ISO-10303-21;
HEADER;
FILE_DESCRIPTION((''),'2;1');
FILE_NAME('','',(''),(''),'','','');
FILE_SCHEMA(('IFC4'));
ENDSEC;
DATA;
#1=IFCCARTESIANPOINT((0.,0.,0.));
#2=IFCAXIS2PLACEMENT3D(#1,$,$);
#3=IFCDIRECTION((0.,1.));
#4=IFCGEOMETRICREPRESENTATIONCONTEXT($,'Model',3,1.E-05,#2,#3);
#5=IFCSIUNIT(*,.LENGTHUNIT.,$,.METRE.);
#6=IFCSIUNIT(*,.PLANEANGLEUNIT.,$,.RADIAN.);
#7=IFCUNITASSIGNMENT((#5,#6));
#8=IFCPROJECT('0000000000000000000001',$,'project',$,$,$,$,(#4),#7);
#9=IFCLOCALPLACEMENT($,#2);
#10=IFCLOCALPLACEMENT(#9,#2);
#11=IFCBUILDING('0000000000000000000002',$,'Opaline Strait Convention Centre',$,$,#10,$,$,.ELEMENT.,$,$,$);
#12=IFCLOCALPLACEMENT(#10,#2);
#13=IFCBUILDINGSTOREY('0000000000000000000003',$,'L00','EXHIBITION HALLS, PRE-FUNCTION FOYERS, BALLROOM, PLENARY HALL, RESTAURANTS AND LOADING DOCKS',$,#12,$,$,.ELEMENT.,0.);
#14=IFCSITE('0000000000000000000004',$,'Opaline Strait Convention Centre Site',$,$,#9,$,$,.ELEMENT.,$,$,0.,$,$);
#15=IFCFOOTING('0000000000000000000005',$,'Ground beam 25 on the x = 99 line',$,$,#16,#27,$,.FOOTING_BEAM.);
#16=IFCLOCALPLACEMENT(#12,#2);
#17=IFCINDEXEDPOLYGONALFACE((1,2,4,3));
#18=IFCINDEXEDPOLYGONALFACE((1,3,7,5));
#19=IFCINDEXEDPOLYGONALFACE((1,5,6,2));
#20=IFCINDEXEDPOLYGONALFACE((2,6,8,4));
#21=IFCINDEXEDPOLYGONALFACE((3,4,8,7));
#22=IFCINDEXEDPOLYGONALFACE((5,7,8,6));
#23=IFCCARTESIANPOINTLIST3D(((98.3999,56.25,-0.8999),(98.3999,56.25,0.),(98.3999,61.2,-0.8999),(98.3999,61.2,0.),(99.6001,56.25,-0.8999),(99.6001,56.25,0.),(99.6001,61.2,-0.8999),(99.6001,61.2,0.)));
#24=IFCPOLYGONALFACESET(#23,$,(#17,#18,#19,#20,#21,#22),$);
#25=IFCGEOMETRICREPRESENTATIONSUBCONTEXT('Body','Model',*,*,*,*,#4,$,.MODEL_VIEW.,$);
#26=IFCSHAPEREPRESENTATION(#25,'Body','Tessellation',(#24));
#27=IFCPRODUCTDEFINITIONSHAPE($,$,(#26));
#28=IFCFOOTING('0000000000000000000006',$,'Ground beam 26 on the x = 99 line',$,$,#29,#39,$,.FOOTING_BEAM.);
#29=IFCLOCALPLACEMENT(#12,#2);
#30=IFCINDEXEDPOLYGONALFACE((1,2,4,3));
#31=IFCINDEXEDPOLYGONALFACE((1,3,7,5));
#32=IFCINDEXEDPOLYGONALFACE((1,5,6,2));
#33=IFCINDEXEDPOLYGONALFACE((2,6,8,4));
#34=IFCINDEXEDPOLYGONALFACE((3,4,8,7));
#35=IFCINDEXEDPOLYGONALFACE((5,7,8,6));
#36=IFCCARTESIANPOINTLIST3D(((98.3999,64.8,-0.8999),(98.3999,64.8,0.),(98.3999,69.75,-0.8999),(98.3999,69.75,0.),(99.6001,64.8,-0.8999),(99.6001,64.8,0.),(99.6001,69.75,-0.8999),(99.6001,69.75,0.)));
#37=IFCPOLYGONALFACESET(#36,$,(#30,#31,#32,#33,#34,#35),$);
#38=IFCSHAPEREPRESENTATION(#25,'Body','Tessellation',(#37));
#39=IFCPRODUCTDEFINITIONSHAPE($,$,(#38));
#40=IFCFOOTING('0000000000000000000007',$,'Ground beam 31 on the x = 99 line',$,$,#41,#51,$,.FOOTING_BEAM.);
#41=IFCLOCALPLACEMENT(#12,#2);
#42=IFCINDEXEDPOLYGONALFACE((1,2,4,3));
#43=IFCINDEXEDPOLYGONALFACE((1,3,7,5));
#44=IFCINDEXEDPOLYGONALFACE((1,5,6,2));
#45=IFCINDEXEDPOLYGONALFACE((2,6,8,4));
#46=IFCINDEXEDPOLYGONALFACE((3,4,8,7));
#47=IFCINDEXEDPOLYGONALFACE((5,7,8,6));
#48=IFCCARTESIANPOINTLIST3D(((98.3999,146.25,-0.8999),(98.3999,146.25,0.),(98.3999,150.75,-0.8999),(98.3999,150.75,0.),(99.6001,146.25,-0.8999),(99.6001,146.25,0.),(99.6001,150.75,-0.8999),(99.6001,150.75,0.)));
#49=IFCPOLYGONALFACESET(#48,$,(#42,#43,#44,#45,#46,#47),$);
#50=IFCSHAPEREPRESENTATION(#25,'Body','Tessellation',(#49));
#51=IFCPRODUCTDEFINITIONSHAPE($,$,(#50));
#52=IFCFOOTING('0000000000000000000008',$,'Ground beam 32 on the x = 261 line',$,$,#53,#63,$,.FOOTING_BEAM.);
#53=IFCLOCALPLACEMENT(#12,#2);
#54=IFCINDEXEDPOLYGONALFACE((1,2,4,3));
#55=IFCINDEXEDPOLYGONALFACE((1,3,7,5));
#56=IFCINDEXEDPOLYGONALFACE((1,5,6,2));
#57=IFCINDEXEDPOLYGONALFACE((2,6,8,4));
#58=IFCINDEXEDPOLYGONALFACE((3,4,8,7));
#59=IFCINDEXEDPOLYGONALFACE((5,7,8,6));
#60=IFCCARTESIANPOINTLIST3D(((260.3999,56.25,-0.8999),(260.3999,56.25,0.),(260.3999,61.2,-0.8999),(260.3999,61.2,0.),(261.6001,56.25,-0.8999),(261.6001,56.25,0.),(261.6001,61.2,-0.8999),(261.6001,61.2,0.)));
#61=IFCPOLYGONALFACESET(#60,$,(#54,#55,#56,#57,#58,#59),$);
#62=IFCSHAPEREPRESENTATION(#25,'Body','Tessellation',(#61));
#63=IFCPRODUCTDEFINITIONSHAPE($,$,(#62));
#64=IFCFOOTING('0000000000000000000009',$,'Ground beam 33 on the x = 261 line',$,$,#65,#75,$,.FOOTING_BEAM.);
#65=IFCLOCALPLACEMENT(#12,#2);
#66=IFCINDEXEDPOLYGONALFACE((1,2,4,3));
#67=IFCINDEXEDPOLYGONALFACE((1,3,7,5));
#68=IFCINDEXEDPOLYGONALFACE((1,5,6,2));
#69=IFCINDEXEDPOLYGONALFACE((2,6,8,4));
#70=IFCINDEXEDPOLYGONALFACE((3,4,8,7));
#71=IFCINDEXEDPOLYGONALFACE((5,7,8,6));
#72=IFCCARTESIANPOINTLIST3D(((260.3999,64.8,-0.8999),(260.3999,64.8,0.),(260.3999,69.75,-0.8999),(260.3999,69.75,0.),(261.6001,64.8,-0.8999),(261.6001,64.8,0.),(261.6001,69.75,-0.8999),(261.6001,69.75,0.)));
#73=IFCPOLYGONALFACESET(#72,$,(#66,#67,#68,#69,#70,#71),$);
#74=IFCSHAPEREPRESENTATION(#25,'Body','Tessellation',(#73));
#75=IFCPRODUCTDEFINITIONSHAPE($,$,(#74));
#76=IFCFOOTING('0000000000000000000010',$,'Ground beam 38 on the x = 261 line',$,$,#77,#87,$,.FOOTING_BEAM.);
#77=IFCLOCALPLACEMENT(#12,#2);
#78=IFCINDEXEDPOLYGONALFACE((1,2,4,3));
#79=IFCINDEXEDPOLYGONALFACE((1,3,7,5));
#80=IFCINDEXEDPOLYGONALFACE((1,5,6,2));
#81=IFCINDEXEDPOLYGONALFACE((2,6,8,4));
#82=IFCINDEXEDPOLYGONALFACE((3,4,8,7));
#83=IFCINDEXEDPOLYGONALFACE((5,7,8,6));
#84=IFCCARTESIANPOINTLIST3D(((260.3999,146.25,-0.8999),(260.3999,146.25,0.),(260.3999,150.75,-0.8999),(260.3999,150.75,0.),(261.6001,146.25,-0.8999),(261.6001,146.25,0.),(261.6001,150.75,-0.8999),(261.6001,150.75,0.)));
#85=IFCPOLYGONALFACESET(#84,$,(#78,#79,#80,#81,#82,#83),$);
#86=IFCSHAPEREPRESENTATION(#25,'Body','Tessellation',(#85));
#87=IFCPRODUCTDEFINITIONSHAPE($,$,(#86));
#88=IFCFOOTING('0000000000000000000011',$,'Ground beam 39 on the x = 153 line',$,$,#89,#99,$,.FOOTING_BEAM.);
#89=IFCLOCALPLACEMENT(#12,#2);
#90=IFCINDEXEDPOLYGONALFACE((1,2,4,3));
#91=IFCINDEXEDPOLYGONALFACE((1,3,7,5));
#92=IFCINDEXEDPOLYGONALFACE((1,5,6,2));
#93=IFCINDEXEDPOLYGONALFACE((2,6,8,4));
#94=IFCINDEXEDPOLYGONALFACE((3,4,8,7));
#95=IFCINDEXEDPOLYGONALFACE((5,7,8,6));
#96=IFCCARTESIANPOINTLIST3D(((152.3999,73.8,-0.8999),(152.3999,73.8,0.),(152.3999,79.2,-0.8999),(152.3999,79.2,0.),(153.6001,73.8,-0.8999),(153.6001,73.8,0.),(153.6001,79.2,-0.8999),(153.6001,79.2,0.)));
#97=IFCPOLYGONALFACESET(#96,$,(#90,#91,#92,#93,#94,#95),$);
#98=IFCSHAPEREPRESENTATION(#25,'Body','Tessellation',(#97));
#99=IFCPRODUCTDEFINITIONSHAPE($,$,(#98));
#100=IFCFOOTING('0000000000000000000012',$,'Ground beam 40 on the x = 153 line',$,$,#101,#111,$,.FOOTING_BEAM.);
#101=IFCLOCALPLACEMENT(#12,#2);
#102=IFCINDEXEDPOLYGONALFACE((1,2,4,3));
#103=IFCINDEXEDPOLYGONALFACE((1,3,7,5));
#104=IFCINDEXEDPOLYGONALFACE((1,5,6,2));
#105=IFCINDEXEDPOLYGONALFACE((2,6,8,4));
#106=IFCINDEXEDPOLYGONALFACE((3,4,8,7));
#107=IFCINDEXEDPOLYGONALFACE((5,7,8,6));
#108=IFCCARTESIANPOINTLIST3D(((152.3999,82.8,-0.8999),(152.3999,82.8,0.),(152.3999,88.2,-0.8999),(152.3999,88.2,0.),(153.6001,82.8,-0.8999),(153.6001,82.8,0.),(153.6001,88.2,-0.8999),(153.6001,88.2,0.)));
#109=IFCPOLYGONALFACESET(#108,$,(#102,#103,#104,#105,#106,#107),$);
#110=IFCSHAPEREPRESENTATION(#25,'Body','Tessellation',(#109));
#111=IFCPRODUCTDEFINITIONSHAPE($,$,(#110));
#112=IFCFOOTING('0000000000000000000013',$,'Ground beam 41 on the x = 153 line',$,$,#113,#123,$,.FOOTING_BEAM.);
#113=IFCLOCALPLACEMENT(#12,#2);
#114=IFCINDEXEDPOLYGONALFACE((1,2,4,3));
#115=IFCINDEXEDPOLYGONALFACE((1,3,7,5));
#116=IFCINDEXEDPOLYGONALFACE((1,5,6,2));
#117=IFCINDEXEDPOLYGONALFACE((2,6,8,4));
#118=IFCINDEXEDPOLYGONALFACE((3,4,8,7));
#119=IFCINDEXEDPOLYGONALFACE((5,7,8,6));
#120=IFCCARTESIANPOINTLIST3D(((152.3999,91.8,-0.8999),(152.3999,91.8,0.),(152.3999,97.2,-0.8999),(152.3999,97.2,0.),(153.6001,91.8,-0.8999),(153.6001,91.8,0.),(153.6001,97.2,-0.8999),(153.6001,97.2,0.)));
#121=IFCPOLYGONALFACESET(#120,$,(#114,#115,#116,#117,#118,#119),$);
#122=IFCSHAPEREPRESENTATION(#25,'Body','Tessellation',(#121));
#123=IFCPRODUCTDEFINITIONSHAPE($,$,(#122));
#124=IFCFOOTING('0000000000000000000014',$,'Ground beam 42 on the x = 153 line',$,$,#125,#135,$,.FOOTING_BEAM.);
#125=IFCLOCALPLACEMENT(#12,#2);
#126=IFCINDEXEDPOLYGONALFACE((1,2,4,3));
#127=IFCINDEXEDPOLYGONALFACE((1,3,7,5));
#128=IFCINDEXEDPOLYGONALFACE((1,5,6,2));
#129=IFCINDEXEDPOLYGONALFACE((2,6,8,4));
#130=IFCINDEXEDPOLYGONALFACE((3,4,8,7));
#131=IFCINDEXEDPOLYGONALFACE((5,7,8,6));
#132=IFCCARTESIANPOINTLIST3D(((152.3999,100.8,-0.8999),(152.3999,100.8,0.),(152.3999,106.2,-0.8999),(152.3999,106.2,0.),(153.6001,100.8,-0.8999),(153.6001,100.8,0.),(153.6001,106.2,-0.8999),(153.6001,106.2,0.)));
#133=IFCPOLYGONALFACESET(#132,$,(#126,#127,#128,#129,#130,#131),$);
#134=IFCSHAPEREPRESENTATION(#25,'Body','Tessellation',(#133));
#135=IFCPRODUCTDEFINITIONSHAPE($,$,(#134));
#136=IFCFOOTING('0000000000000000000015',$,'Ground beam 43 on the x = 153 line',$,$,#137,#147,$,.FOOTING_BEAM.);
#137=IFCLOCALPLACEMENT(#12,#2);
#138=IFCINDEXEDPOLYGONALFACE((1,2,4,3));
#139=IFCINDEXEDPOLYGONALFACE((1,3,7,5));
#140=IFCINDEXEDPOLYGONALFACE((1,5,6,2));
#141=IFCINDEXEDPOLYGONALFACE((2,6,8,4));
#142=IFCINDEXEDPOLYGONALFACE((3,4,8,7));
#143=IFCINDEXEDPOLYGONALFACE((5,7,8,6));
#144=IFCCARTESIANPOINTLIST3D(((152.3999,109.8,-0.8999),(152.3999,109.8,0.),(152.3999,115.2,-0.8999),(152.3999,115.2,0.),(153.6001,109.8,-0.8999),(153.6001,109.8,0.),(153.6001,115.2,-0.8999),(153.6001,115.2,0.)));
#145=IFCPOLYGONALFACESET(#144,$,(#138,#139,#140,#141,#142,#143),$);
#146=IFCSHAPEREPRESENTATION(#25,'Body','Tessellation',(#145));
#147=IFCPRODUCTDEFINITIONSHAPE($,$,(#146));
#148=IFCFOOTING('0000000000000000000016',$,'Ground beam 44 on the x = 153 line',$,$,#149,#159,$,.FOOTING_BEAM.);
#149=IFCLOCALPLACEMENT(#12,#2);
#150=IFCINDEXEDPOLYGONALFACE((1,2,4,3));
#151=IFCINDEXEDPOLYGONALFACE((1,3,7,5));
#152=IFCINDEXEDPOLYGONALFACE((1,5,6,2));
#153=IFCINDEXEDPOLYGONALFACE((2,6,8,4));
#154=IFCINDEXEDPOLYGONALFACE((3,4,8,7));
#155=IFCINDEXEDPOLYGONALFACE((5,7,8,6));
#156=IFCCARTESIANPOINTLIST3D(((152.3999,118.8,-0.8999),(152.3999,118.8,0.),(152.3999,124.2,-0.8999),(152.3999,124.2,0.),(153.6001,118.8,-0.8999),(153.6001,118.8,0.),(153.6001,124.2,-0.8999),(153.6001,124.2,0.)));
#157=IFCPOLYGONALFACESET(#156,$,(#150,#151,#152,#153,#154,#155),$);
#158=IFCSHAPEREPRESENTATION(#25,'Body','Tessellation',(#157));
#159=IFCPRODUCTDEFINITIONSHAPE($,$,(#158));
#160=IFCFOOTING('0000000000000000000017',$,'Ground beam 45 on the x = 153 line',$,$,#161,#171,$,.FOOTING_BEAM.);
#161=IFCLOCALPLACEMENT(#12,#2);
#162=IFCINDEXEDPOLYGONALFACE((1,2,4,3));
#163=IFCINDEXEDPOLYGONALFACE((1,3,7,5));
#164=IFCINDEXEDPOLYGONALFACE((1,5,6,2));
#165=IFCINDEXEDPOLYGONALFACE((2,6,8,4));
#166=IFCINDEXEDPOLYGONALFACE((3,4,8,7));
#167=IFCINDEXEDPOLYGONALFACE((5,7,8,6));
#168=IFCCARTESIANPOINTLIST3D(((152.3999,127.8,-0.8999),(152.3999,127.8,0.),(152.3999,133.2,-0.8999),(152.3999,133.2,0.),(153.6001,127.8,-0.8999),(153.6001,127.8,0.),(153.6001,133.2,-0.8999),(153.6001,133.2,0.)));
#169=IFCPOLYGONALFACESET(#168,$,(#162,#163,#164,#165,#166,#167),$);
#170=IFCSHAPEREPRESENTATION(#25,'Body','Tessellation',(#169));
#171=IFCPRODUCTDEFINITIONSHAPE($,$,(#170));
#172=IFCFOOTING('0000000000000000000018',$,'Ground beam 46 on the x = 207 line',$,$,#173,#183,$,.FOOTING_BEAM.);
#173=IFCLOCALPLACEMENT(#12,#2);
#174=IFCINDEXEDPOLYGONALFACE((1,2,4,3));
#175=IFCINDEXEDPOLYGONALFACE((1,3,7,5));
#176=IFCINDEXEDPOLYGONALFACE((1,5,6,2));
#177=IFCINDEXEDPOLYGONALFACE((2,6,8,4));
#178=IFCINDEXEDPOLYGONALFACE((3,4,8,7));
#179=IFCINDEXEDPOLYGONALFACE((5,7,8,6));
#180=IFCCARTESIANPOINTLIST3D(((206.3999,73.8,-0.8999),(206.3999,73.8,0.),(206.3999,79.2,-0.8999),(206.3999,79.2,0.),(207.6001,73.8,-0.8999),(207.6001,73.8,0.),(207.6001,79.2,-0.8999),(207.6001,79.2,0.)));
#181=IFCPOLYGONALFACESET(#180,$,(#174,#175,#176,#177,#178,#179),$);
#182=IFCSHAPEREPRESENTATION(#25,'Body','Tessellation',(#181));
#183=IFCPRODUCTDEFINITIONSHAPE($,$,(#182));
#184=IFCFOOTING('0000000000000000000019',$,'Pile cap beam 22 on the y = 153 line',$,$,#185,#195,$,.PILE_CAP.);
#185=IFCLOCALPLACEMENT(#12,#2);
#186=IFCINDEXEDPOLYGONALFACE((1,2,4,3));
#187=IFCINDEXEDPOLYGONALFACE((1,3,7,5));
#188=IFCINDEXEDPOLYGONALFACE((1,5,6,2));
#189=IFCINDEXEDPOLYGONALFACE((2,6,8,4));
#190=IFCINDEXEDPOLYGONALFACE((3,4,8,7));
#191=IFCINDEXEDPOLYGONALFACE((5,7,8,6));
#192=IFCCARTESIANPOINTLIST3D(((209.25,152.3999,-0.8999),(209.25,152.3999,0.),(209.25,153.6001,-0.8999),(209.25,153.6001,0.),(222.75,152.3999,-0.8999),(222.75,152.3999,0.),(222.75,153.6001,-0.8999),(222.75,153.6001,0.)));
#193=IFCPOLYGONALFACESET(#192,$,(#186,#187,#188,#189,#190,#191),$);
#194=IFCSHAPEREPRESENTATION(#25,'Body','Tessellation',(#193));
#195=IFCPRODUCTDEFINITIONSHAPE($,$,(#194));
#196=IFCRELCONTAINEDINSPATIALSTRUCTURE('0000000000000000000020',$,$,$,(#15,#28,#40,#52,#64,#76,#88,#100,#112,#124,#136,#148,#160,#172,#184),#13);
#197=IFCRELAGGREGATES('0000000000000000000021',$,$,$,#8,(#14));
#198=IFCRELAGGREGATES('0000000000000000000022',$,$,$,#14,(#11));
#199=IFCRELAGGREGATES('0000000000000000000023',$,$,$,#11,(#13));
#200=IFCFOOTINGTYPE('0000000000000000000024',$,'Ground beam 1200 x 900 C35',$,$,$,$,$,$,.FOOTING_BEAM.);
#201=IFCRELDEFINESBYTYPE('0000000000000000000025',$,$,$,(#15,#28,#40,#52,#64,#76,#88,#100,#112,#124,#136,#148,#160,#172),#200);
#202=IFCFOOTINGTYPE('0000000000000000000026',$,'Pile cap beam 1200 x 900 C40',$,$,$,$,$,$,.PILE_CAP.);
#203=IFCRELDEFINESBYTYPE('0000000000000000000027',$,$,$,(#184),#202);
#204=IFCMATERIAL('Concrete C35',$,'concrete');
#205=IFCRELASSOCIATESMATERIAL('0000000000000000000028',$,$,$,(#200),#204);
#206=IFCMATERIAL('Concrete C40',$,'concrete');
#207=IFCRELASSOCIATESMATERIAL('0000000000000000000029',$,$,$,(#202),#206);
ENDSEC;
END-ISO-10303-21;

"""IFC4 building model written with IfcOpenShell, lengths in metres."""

from ifc_helpers import new_model, si_unit, direction, frame, origin, place, context, subcontext, project, spatial, polyline, outline, extrude, material, type_object, element, save


model = new_model("IFC4")

# Units and contexts
model_context = context("Model", 3, precision=1e-05, world=origin(), true_north=direction((0.0, 1.0)))
body_context = subcontext(model_context, "Body", "Model", "MODEL_VIEW")
ifc_project = project(units=[si_unit("LENGTHUNIT", "METRE"), si_unit("PLANEANGLEUNIT", "RADIAN")], contexts=[model_context])

# Site, building, storey
site_placement = place(None, origin())
site = spatial("IfcSite", under=ifc_project, at=site_placement, Name="Opaline Strait Convention Centre Site", CompositionType="ELEMENT", RefElevation=0.0)
building_placement = place(site_placement, origin())
building = spatial("IfcBuilding", under=site, at=building_placement, Name="Opaline Strait Convention Centre", CompositionType="ELEMENT")
storey_placement = place(building_placement, origin())
storey = spatial("IfcBuildingStorey", under=building, at=storey_placement, Name="L00", Description="EXHIBITION HALLS, PRE-FUNCTION FOYERS, BALLROOM, PLENARY HALL, RESTAURANTS AND LOADING DOCKS", CompositionType="ELEMENT", Elevation=0.0)

# Footings
ifc_material_1 = material(Name="Concrete C35", Category="concrete")
footing_type_1 = type_object("IfcFootingType", Name="Ground beam 1200 x 900 C35", PredefinedType="FOOTING_BEAM", material=ifc_material_1)
footing_1_placement = place(storey_placement, frame((0.0, 0.0, -0.8999)))
element("IfcFooting", 1, at=footing_1_placement, inside=storey, type_object=footing_type_1, Name="Ground beam 25 on the x = 99 line", PredefinedType="FOOTING_BEAM", context=body_context, shape_type="SweptSolid", body=[
    extrude(outline(polyline([(98.3999, 56.25), (99.6001, 56.25), (99.6001, 61.2), (98.3999, 61.2), (98.3999, 56.25)])), origin(), (0.0, 0.0, 1.0), 0.8999),
])
footing_2_placement = place(storey_placement, frame((0.0, 0.0, -0.8999)))
element("IfcFooting", 2, at=footing_2_placement, inside=storey, type_object=footing_type_1, Name="Ground beam 26 on the x = 99 line", PredefinedType="FOOTING_BEAM", context=body_context, shape_type="SweptSolid", body=[
    extrude(outline(polyline([(98.3999, 64.8), (99.6001, 64.8), (99.6001, 69.75), (98.3999, 69.75), (98.3999, 64.8)])), origin(), (0.0, 0.0, 1.0), 0.8999),
])
footing_3_placement = place(storey_placement, frame((0.0, 0.0, -0.8999)))
element("IfcFooting", 3, at=footing_3_placement, inside=storey, type_object=footing_type_1, Name="Ground beam 31 on the x = 99 line", PredefinedType="FOOTING_BEAM", context=body_context, shape_type="SweptSolid", body=[
    extrude(outline(polyline([(98.3999, 146.25), (99.6001, 146.25), (99.6001, 150.75), (98.3999, 150.75), (98.3999, 146.25)])), origin(), (0.0, 0.0, 1.0), 0.8999),
])
footing_4_placement = place(storey_placement, frame((0.0, 0.0, -0.8999)))
element("IfcFooting", 4, at=footing_4_placement, inside=storey, type_object=footing_type_1, Name="Ground beam 32 on the x = 261 line", PredefinedType="FOOTING_BEAM", context=body_context, shape_type="SweptSolid", body=[
    extrude(outline(polyline([(260.3999, 56.25), (261.6001, 56.25), (261.6001, 61.2), (260.3999, 61.2), (260.3999, 56.25)])), origin(), (0.0, 0.0, 1.0), 0.8999),
])
footing_5_placement = place(storey_placement, frame((0.0, 0.0, -0.8999)))
element("IfcFooting", 5, at=footing_5_placement, inside=storey, type_object=footing_type_1, Name="Ground beam 33 on the x = 261 line", PredefinedType="FOOTING_BEAM", context=body_context, shape_type="SweptSolid", body=[
    extrude(outline(polyline([(260.3999, 64.8), (261.6001, 64.8), (261.6001, 69.75), (260.3999, 69.75), (260.3999, 64.8)])), origin(), (0.0, 0.0, 1.0), 0.8999),
])
footing_6_placement = place(storey_placement, frame((0.0, 0.0, -0.8999)))
element("IfcFooting", 6, at=footing_6_placement, inside=storey, type_object=footing_type_1, Name="Ground beam 38 on the x = 261 line", PredefinedType="FOOTING_BEAM", context=body_context, shape_type="SweptSolid", body=[
    extrude(outline(polyline([(260.3999, 146.25), (261.6001, 146.25), (261.6001, 150.75), (260.3999, 150.75), (260.3999, 146.25)])), origin(), (0.0, 0.0, 1.0), 0.8999),
])
footing_7_placement = place(storey_placement, frame((0.0, 0.0, -0.8999)))
element("IfcFooting", 7, at=footing_7_placement, inside=storey, type_object=footing_type_1, Name="Ground beam 39 on the x = 153 line", PredefinedType="FOOTING_BEAM", context=body_context, shape_type="SweptSolid", body=[
    extrude(outline(polyline([(152.3999, 73.8), (153.6001, 73.8), (153.6001, 79.2), (152.3999, 79.2), (152.3999, 73.8)])), origin(), (0.0, 0.0, 1.0), 0.8999),
])
footing_8_placement = place(storey_placement, frame((0.0, 0.0, -0.8999)))
element("IfcFooting", 8, at=footing_8_placement, inside=storey, type_object=footing_type_1, Name="Ground beam 40 on the x = 153 line", PredefinedType="FOOTING_BEAM", context=body_context, shape_type="SweptSolid", body=[
    extrude(outline(polyline([(152.3999, 82.8), (153.6001, 82.8), (153.6001, 88.2), (152.3999, 88.2), (152.3999, 82.8)])), origin(), (0.0, 0.0, 1.0), 0.8999),
])
footing_9_placement = place(storey_placement, frame((0.0, 0.0, -0.8999)))
element("IfcFooting", 9, at=footing_9_placement, inside=storey, type_object=footing_type_1, Name="Ground beam 41 on the x = 153 line", PredefinedType="FOOTING_BEAM", context=body_context, shape_type="SweptSolid", body=[
    extrude(outline(polyline([(152.3999, 91.8), (153.6001, 91.8), (153.6001, 97.2), (152.3999, 97.2), (152.3999, 91.8)])), origin(), (0.0, 0.0, 1.0), 0.8999),
])
footing_10_placement = place(storey_placement, frame((0.0, 0.0, -0.8999)))
element("IfcFooting", 10, at=footing_10_placement, inside=storey, type_object=footing_type_1, Name="Ground beam 42 on the x = 153 line", PredefinedType="FOOTING_BEAM", context=body_context, shape_type="SweptSolid", body=[
    extrude(outline(polyline([(152.3999, 100.8), (153.6001, 100.8), (153.6001, 106.2), (152.3999, 106.2), (152.3999, 100.8)])), origin(), (0.0, 0.0, 1.0), 0.8999),
])
footing_11_placement = place(storey_placement, frame((0.0, 0.0, -0.8999)))
element("IfcFooting", 11, at=footing_11_placement, inside=storey, type_object=footing_type_1, Name="Ground beam 43 on the x = 153 line", PredefinedType="FOOTING_BEAM", context=body_context, shape_type="SweptSolid", body=[
    extrude(outline(polyline([(152.3999, 109.8), (153.6001, 109.8), (153.6001, 115.2), (152.3999, 115.2), (152.3999, 109.8)])), origin(), (0.0, 0.0, 1.0), 0.8999),
])
footing_12_placement = place(storey_placement, frame((0.0, 0.0, -0.8999)))
element("IfcFooting", 12, at=footing_12_placement, inside=storey, type_object=footing_type_1, Name="Ground beam 44 on the x = 153 line", PredefinedType="FOOTING_BEAM", context=body_context, shape_type="SweptSolid", body=[
    extrude(outline(polyline([(152.3999, 118.8), (153.6001, 118.8), (153.6001, 124.2), (152.3999, 124.2), (152.3999, 118.8)])), origin(), (0.0, 0.0, 1.0), 0.8999),
])
footing_13_placement = place(storey_placement, frame((0.0, 0.0, -0.8999)))
element("IfcFooting", 13, at=footing_13_placement, inside=storey, type_object=footing_type_1, Name="Ground beam 45 on the x = 153 line", PredefinedType="FOOTING_BEAM", context=body_context, shape_type="SweptSolid", body=[
    extrude(outline(polyline([(152.3999, 127.8), (153.6001, 127.8), (153.6001, 133.2), (152.3999, 133.2), (152.3999, 127.8)])), origin(), (0.0, 0.0, 1.0), 0.8999),
])
footing_14_placement = place(storey_placement, frame((0.0, 0.0, -0.8999)))
element("IfcFooting", 14, at=footing_14_placement, inside=storey, type_object=footing_type_1, Name="Ground beam 46 on the x = 207 line", PredefinedType="FOOTING_BEAM", context=body_context, shape_type="SweptSolid", body=[
    extrude(outline(polyline([(206.3999, 73.8), (207.6001, 73.8), (207.6001, 79.2), (206.3999, 79.2), (206.3999, 73.8)])), origin(), (0.0, 0.0, 1.0), 0.8999),
])
ifc_material_2 = material(Name="Concrete C40", Category="concrete")
footing_type_2 = type_object("IfcFootingType", Name="Pile cap beam 1200 x 900 C40", PredefinedType="PILE_CAP", material=ifc_material_2)
footing_15_placement = place(storey_placement, frame((0.0, 0.0, -0.8999)))
element("IfcFooting", 15, at=footing_15_placement, inside=storey, type_object=footing_type_2, Name="Pile cap beam 22 on the y = 153 line", PredefinedType="PILE_CAP", context=body_context, shape_type="SweptSolid", body=[
    extrude(outline(polyline([(209.25, 152.3999), (222.75, 152.3999), (222.75, 153.6001), (209.25, 153.6001), (209.25, 152.3999)])), origin(), (0.0, 0.0, 1.0), 0.8999),
])

save(model, "model.ifc")
